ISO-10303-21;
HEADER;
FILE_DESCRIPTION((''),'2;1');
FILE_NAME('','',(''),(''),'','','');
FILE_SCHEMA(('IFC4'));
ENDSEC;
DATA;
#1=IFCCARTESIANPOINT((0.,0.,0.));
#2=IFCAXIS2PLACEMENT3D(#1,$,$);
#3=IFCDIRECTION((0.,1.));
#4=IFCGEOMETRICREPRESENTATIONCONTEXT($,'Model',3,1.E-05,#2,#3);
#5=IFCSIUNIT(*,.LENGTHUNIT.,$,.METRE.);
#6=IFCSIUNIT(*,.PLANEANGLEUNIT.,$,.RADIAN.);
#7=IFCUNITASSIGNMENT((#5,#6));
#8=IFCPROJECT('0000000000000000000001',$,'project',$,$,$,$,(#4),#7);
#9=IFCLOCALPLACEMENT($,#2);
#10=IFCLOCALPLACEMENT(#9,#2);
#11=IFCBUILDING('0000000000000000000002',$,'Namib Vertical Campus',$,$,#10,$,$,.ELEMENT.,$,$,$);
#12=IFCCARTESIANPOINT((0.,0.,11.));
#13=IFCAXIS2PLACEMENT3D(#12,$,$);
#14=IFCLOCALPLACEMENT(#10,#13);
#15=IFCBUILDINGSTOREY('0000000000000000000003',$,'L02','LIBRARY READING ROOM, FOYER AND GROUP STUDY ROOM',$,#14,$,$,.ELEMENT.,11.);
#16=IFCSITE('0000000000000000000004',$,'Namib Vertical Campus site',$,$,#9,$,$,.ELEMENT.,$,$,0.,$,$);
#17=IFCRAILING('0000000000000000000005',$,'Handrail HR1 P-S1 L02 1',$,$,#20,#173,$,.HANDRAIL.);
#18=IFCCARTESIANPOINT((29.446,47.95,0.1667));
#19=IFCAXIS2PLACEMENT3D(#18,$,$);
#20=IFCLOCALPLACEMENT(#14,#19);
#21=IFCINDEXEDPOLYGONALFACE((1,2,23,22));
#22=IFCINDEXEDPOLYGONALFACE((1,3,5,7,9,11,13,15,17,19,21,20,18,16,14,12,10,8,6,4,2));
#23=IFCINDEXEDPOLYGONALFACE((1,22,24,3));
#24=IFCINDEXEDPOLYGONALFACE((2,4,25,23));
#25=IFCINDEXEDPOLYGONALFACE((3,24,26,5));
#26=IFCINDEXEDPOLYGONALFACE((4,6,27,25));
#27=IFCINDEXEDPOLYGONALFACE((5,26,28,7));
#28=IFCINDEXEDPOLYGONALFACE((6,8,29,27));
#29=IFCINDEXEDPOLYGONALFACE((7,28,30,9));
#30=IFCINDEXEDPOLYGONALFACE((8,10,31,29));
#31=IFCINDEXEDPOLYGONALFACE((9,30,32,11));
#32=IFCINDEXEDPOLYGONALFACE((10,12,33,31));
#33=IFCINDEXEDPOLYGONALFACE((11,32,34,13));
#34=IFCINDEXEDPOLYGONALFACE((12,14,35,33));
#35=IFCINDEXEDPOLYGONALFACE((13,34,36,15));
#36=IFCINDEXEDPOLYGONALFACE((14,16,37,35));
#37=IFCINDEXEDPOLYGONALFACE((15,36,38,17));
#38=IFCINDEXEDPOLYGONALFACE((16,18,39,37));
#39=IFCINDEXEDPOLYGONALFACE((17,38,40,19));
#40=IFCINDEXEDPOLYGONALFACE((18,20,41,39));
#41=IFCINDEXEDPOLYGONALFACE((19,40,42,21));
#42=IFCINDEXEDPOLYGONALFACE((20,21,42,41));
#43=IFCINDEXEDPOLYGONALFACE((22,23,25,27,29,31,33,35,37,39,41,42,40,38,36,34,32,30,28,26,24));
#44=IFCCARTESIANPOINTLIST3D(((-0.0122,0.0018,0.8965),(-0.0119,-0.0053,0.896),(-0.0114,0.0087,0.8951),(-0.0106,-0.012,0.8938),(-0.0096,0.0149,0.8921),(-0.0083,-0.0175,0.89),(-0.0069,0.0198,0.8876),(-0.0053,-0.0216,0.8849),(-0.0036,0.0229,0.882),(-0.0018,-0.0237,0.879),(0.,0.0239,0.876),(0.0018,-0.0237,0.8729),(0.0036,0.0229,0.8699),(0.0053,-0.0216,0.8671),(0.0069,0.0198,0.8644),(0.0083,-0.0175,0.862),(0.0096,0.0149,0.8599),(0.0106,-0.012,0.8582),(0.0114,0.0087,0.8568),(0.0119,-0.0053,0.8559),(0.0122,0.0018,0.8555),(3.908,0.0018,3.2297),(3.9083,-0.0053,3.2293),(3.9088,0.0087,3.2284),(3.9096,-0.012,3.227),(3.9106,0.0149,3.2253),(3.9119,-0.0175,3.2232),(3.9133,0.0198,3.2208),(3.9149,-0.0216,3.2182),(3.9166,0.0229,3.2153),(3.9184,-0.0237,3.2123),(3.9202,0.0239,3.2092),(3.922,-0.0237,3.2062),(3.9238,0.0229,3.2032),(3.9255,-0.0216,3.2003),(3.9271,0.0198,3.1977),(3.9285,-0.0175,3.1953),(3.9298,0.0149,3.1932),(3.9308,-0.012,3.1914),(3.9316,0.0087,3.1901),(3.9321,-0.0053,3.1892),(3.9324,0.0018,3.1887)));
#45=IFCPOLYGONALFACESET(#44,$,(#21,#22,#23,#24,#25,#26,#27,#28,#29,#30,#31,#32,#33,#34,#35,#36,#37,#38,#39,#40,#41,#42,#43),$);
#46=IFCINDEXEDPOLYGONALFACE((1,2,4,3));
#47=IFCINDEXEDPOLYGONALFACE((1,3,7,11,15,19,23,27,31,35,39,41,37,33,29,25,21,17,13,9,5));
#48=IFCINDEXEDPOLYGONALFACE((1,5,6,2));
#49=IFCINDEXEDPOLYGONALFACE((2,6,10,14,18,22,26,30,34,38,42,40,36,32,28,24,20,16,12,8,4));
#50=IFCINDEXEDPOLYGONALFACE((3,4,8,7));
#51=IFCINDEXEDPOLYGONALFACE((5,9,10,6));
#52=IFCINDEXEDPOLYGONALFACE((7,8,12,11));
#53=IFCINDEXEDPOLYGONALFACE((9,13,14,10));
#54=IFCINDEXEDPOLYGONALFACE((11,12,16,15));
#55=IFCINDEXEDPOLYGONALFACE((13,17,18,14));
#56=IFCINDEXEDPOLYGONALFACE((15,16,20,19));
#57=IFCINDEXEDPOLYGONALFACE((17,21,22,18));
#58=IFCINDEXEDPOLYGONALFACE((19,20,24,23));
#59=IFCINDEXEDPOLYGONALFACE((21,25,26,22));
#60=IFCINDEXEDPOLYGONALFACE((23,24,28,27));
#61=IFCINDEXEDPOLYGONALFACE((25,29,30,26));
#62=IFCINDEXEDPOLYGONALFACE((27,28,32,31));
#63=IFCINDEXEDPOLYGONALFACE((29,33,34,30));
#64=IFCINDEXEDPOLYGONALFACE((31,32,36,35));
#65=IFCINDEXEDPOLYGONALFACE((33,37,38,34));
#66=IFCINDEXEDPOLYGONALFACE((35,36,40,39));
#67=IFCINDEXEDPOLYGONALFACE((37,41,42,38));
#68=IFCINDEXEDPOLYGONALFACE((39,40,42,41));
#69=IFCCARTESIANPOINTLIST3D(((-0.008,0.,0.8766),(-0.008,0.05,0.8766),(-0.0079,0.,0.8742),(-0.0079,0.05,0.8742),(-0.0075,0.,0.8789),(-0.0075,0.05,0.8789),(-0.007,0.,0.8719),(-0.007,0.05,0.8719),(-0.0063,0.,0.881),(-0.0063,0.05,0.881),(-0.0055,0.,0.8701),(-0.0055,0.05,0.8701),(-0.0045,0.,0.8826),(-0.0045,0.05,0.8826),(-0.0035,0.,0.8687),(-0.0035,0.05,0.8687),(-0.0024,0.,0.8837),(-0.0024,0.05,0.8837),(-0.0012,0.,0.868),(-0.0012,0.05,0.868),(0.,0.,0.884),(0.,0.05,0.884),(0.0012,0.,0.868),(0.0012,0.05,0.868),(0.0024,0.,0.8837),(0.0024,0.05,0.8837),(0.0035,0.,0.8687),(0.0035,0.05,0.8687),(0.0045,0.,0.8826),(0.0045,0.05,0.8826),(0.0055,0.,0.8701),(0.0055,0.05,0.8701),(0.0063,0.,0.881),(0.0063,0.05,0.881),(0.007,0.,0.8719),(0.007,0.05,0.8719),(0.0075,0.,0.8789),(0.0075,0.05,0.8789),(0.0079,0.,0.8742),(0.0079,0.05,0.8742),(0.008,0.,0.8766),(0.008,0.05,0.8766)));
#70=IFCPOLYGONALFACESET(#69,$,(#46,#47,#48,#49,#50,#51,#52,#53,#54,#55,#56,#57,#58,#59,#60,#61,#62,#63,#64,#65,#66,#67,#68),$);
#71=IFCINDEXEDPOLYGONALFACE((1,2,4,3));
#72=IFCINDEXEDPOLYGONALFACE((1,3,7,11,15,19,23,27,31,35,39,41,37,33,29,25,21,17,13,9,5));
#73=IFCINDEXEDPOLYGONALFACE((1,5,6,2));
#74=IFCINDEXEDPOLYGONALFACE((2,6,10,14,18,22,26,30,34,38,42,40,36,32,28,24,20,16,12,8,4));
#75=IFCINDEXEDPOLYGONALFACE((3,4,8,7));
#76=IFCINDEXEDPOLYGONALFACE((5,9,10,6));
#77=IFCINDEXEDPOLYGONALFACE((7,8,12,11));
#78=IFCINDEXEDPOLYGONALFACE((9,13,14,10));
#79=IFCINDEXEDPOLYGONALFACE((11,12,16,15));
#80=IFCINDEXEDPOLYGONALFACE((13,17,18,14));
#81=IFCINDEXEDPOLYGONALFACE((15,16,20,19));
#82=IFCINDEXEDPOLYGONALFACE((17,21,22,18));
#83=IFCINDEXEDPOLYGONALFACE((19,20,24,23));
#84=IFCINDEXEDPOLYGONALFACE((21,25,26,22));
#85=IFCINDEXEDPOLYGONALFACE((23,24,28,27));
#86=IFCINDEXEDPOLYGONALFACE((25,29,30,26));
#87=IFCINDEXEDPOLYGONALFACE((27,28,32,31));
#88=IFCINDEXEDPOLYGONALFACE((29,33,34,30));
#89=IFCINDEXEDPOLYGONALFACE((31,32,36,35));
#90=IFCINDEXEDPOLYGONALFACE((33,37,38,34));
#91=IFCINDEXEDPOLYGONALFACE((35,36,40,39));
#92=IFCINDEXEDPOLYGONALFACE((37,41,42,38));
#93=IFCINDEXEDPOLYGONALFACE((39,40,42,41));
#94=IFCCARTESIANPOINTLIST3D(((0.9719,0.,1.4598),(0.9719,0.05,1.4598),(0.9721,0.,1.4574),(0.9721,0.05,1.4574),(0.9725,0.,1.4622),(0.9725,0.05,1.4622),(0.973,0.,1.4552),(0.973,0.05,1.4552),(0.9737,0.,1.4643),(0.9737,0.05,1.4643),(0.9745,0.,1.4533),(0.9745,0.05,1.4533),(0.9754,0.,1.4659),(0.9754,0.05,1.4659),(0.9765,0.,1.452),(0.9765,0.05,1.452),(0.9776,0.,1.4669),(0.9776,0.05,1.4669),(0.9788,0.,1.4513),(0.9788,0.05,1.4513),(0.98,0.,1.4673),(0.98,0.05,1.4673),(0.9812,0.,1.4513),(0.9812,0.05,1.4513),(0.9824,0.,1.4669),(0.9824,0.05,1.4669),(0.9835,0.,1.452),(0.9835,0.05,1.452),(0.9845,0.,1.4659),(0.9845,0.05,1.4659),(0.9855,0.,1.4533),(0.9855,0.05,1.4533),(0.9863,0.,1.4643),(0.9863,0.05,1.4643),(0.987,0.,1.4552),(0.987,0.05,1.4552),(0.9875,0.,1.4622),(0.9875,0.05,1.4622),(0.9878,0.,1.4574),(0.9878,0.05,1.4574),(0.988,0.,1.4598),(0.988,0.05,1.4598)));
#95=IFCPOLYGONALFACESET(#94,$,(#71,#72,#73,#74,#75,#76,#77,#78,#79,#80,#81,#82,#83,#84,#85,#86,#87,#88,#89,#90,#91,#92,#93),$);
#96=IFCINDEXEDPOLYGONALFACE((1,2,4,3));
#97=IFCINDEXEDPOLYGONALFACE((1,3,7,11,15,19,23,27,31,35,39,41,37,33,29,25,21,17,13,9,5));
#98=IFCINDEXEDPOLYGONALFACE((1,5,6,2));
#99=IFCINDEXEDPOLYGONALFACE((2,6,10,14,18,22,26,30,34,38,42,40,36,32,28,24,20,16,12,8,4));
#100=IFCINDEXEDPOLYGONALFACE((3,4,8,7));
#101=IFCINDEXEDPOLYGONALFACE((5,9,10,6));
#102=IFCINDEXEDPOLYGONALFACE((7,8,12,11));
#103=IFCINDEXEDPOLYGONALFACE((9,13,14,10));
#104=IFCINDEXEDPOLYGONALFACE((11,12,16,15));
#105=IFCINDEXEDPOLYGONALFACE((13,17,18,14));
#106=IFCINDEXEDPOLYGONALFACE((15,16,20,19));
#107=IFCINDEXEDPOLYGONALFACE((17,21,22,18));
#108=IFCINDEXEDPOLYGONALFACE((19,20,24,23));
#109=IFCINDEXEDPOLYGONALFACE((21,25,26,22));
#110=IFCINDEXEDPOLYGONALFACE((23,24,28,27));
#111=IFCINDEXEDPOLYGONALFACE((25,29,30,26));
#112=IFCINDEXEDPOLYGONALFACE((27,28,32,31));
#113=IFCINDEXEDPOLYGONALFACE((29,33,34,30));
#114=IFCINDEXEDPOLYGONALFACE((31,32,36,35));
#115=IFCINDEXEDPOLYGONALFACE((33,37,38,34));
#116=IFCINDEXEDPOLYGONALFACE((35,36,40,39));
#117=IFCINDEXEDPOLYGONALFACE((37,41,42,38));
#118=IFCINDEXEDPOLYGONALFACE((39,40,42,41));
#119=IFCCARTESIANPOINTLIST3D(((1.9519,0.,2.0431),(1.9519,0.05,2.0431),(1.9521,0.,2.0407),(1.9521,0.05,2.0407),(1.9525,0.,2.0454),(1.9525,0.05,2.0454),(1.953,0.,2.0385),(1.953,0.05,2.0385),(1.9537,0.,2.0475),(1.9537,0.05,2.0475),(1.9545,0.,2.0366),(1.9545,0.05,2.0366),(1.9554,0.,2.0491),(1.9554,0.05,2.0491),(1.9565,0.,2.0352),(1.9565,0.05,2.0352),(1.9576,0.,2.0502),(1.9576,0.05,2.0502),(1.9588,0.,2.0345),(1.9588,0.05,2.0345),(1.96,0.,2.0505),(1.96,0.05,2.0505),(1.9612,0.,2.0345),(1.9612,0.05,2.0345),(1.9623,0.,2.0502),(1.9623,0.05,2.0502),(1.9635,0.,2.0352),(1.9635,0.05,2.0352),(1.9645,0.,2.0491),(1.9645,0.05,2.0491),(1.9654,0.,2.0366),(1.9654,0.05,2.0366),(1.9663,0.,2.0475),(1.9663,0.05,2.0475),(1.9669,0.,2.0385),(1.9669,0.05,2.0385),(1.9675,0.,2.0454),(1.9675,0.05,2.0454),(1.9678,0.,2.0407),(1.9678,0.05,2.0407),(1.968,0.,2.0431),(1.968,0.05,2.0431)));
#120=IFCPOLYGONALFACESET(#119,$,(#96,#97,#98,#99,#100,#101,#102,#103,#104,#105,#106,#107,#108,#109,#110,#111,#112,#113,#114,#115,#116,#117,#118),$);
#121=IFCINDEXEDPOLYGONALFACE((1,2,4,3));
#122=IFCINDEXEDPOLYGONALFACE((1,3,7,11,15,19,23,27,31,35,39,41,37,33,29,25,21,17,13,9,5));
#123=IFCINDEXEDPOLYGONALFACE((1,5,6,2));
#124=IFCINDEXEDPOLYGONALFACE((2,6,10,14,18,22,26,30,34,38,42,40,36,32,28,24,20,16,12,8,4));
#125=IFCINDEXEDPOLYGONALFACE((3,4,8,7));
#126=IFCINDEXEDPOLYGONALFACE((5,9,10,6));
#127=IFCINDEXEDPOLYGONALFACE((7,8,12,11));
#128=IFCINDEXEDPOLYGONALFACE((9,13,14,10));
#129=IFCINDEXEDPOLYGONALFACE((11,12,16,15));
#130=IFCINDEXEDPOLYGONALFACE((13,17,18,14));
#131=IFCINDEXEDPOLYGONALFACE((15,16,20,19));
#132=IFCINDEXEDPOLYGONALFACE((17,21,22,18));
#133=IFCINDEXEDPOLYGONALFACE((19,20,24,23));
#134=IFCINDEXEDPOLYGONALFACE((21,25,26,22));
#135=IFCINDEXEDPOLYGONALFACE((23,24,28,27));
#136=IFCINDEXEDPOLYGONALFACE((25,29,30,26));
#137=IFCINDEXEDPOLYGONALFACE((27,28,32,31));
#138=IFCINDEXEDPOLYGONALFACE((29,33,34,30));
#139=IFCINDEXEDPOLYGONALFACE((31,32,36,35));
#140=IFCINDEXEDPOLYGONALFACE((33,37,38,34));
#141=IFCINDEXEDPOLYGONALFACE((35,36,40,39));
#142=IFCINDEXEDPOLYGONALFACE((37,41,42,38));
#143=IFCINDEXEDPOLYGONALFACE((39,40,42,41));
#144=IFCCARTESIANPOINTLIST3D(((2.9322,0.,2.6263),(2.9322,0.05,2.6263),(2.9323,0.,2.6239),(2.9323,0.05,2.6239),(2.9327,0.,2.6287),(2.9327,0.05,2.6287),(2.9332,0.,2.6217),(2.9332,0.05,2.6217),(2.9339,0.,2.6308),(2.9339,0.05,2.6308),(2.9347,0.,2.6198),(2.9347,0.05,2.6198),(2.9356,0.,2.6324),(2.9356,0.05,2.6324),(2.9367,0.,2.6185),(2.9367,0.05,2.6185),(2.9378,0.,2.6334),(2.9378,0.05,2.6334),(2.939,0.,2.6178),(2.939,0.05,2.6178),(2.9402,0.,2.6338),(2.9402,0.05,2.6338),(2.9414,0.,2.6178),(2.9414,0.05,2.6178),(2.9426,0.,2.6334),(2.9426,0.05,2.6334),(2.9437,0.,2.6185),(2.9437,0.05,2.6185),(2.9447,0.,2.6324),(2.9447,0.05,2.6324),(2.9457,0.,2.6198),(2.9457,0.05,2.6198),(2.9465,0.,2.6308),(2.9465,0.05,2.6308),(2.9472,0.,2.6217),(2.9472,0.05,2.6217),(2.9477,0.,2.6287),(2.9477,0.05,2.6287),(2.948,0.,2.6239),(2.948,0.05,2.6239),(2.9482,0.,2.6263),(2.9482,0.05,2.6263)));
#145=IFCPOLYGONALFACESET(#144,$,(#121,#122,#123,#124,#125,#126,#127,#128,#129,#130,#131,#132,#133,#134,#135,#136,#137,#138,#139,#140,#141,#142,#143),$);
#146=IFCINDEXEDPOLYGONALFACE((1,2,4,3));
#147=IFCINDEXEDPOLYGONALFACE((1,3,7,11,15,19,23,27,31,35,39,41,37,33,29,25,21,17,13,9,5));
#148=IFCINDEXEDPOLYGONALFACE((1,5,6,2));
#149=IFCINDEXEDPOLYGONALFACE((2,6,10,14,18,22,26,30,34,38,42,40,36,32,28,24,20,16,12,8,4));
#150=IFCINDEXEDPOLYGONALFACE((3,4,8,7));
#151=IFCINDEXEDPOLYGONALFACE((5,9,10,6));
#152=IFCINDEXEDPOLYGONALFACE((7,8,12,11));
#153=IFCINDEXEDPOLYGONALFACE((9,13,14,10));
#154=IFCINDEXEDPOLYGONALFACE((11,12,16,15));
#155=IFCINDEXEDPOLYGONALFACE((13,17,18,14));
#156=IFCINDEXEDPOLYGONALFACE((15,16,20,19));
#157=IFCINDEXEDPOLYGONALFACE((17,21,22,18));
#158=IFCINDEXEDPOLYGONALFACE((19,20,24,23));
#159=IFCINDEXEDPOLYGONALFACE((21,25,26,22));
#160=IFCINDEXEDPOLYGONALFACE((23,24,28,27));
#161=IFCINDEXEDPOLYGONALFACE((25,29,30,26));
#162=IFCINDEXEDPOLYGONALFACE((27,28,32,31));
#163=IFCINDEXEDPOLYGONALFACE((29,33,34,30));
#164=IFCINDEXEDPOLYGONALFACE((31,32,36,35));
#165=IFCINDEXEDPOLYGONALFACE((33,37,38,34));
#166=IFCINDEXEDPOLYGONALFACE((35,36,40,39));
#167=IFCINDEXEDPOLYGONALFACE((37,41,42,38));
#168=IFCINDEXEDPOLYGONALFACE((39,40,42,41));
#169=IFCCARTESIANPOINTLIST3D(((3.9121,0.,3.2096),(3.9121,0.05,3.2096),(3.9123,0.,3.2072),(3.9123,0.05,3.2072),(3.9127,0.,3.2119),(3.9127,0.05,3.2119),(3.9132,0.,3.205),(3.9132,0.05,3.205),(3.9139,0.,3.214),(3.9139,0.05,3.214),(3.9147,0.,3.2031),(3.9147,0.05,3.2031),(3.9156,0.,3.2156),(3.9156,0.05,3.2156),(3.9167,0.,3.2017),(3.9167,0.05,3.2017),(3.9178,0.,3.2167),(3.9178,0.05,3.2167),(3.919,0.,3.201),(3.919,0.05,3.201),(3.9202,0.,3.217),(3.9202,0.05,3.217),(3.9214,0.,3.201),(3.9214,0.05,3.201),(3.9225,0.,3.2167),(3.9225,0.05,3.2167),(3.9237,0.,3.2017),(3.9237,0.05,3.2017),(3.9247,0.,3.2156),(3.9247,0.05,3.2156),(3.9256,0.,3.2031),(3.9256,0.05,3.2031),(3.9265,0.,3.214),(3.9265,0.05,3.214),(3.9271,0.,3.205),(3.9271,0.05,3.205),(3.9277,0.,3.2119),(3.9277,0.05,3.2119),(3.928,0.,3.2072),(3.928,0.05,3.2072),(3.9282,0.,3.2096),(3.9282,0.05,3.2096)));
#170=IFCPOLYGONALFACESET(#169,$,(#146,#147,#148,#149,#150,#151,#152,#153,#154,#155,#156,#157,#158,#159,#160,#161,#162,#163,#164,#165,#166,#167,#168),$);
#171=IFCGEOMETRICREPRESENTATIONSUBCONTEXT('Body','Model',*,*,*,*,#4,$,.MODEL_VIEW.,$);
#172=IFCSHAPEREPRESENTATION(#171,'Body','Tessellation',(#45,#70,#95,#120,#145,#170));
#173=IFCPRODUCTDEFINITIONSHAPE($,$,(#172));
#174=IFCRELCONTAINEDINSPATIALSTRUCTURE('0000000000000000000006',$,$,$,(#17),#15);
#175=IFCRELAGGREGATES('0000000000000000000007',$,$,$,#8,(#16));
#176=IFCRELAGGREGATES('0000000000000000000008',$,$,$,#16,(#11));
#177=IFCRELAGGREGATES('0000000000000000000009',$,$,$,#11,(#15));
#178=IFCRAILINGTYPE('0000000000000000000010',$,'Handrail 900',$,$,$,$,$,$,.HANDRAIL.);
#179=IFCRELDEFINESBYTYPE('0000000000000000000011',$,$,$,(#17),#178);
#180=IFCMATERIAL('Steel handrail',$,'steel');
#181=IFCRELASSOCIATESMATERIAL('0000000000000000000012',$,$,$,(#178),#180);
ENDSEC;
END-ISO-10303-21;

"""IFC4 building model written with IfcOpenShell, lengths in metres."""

from ifc_helpers import new_model, si_unit, direction, frame, origin, origin_2d, place, context, subcontext, project, spatial, circle, extrude, material, type_object, element, save


model = new_model("IFC4")

# Units and contexts
model_context = context("Model", 3, precision=1e-05, world=origin(), true_north=direction((0.0, 1.0)))
body_context = subcontext(model_context, "Body", "Model", "MODEL_VIEW")
ifc_project = project(units=[si_unit("LENGTHUNIT", "METRE"), si_unit("PLANEANGLEUNIT", "RADIAN")], contexts=[model_context])

# Site, building, storey
site_placement = place(None, origin())
site = spatial("IfcSite", under=ifc_project, at=site_placement, Name="Namib Vertical Campus site", CompositionType="ELEMENT", RefElevation=0.0)
building_placement = place(site_placement, origin())
building = spatial("IfcBuilding", under=site, at=building_placement, Name="Namib Vertical Campus", CompositionType="ELEMENT")
storey_placement = place(building_placement, frame((0.0, 0.0, 11.0)))
storey = spatial("IfcBuildingStorey", under=building, at=storey_placement, Name="L02", Description="LIBRARY READING ROOM, FOYER AND GROUP STUDY ROOM", CompositionType="ELEMENT", Elevation=11.0)

# Railing
ifc_material_1 = material(Name="Steel handrail", Category="steel")
railing_type_1 = type_object("IfcRailingType", Name="Handrail 900", PredefinedType="HANDRAIL", material=ifc_material_1)
railing_1_placement = place(storey_placement, frame((29.446, 47.95, 0.1667)))
element("IfcRailing", 1, at=railing_1_placement, inside=storey, type_object=railing_type_1, Name="Handrail HR1 P-S1 L02 1", PredefinedType="HANDRAIL", context=body_context, shape_type="SweptSolid", body=[
    extrude(circle(Radius=0.0239, at=origin_2d()), frame((0.0, 0.0, 0.876), z_axis=(0.85931, 0.0, 0.511455), x_axis=(0.0, 1.0, 0.0)), (0.0, 0.0, 1.0), 4.562),
    extrude(circle(Radius=0.0081, at=origin_2d()), frame((0.0, 0.0, 0.876), z_axis=(0.0, 1.0, 0.0), x_axis=(0.0, 0.0, 1.0)), (0.0, 0.0, 1.0), 0.05),
    extrude(circle(Radius=0.0081, at=origin_2d()), frame((0.98, 0.0, 1.4592), z_axis=(0.0, 1.0, 0.0), x_axis=(0.0, 0.0, 1.0)), (0.0, 0.0, 1.0), 0.05),
    extrude(circle(Radius=0.0081, at=origin_2d()), frame((1.96, 0.0, 2.0425), z_axis=(0.0, 1.0, 0.0), x_axis=(0.0, 0.0, 1.0)), (0.0, 0.0, 1.0), 0.05),
    extrude(circle(Radius=0.0081, at=origin_2d()), frame((2.9402, 0.0, 2.6257), z_axis=(0.0, 1.0, 0.0), x_axis=(0.0, 0.0, 1.0)), (0.0, 0.0, 1.0), 0.05),
    extrude(circle(Radius=0.0081, at=origin_2d()), frame((3.9202, 0.0, 3.209), z_axis=(0.0, 1.0, 0.0), x_axis=(0.0, 0.0, 1.0)), (0.0, 0.0, 1.0), 0.05),
])

save(model, "model.ifc")
